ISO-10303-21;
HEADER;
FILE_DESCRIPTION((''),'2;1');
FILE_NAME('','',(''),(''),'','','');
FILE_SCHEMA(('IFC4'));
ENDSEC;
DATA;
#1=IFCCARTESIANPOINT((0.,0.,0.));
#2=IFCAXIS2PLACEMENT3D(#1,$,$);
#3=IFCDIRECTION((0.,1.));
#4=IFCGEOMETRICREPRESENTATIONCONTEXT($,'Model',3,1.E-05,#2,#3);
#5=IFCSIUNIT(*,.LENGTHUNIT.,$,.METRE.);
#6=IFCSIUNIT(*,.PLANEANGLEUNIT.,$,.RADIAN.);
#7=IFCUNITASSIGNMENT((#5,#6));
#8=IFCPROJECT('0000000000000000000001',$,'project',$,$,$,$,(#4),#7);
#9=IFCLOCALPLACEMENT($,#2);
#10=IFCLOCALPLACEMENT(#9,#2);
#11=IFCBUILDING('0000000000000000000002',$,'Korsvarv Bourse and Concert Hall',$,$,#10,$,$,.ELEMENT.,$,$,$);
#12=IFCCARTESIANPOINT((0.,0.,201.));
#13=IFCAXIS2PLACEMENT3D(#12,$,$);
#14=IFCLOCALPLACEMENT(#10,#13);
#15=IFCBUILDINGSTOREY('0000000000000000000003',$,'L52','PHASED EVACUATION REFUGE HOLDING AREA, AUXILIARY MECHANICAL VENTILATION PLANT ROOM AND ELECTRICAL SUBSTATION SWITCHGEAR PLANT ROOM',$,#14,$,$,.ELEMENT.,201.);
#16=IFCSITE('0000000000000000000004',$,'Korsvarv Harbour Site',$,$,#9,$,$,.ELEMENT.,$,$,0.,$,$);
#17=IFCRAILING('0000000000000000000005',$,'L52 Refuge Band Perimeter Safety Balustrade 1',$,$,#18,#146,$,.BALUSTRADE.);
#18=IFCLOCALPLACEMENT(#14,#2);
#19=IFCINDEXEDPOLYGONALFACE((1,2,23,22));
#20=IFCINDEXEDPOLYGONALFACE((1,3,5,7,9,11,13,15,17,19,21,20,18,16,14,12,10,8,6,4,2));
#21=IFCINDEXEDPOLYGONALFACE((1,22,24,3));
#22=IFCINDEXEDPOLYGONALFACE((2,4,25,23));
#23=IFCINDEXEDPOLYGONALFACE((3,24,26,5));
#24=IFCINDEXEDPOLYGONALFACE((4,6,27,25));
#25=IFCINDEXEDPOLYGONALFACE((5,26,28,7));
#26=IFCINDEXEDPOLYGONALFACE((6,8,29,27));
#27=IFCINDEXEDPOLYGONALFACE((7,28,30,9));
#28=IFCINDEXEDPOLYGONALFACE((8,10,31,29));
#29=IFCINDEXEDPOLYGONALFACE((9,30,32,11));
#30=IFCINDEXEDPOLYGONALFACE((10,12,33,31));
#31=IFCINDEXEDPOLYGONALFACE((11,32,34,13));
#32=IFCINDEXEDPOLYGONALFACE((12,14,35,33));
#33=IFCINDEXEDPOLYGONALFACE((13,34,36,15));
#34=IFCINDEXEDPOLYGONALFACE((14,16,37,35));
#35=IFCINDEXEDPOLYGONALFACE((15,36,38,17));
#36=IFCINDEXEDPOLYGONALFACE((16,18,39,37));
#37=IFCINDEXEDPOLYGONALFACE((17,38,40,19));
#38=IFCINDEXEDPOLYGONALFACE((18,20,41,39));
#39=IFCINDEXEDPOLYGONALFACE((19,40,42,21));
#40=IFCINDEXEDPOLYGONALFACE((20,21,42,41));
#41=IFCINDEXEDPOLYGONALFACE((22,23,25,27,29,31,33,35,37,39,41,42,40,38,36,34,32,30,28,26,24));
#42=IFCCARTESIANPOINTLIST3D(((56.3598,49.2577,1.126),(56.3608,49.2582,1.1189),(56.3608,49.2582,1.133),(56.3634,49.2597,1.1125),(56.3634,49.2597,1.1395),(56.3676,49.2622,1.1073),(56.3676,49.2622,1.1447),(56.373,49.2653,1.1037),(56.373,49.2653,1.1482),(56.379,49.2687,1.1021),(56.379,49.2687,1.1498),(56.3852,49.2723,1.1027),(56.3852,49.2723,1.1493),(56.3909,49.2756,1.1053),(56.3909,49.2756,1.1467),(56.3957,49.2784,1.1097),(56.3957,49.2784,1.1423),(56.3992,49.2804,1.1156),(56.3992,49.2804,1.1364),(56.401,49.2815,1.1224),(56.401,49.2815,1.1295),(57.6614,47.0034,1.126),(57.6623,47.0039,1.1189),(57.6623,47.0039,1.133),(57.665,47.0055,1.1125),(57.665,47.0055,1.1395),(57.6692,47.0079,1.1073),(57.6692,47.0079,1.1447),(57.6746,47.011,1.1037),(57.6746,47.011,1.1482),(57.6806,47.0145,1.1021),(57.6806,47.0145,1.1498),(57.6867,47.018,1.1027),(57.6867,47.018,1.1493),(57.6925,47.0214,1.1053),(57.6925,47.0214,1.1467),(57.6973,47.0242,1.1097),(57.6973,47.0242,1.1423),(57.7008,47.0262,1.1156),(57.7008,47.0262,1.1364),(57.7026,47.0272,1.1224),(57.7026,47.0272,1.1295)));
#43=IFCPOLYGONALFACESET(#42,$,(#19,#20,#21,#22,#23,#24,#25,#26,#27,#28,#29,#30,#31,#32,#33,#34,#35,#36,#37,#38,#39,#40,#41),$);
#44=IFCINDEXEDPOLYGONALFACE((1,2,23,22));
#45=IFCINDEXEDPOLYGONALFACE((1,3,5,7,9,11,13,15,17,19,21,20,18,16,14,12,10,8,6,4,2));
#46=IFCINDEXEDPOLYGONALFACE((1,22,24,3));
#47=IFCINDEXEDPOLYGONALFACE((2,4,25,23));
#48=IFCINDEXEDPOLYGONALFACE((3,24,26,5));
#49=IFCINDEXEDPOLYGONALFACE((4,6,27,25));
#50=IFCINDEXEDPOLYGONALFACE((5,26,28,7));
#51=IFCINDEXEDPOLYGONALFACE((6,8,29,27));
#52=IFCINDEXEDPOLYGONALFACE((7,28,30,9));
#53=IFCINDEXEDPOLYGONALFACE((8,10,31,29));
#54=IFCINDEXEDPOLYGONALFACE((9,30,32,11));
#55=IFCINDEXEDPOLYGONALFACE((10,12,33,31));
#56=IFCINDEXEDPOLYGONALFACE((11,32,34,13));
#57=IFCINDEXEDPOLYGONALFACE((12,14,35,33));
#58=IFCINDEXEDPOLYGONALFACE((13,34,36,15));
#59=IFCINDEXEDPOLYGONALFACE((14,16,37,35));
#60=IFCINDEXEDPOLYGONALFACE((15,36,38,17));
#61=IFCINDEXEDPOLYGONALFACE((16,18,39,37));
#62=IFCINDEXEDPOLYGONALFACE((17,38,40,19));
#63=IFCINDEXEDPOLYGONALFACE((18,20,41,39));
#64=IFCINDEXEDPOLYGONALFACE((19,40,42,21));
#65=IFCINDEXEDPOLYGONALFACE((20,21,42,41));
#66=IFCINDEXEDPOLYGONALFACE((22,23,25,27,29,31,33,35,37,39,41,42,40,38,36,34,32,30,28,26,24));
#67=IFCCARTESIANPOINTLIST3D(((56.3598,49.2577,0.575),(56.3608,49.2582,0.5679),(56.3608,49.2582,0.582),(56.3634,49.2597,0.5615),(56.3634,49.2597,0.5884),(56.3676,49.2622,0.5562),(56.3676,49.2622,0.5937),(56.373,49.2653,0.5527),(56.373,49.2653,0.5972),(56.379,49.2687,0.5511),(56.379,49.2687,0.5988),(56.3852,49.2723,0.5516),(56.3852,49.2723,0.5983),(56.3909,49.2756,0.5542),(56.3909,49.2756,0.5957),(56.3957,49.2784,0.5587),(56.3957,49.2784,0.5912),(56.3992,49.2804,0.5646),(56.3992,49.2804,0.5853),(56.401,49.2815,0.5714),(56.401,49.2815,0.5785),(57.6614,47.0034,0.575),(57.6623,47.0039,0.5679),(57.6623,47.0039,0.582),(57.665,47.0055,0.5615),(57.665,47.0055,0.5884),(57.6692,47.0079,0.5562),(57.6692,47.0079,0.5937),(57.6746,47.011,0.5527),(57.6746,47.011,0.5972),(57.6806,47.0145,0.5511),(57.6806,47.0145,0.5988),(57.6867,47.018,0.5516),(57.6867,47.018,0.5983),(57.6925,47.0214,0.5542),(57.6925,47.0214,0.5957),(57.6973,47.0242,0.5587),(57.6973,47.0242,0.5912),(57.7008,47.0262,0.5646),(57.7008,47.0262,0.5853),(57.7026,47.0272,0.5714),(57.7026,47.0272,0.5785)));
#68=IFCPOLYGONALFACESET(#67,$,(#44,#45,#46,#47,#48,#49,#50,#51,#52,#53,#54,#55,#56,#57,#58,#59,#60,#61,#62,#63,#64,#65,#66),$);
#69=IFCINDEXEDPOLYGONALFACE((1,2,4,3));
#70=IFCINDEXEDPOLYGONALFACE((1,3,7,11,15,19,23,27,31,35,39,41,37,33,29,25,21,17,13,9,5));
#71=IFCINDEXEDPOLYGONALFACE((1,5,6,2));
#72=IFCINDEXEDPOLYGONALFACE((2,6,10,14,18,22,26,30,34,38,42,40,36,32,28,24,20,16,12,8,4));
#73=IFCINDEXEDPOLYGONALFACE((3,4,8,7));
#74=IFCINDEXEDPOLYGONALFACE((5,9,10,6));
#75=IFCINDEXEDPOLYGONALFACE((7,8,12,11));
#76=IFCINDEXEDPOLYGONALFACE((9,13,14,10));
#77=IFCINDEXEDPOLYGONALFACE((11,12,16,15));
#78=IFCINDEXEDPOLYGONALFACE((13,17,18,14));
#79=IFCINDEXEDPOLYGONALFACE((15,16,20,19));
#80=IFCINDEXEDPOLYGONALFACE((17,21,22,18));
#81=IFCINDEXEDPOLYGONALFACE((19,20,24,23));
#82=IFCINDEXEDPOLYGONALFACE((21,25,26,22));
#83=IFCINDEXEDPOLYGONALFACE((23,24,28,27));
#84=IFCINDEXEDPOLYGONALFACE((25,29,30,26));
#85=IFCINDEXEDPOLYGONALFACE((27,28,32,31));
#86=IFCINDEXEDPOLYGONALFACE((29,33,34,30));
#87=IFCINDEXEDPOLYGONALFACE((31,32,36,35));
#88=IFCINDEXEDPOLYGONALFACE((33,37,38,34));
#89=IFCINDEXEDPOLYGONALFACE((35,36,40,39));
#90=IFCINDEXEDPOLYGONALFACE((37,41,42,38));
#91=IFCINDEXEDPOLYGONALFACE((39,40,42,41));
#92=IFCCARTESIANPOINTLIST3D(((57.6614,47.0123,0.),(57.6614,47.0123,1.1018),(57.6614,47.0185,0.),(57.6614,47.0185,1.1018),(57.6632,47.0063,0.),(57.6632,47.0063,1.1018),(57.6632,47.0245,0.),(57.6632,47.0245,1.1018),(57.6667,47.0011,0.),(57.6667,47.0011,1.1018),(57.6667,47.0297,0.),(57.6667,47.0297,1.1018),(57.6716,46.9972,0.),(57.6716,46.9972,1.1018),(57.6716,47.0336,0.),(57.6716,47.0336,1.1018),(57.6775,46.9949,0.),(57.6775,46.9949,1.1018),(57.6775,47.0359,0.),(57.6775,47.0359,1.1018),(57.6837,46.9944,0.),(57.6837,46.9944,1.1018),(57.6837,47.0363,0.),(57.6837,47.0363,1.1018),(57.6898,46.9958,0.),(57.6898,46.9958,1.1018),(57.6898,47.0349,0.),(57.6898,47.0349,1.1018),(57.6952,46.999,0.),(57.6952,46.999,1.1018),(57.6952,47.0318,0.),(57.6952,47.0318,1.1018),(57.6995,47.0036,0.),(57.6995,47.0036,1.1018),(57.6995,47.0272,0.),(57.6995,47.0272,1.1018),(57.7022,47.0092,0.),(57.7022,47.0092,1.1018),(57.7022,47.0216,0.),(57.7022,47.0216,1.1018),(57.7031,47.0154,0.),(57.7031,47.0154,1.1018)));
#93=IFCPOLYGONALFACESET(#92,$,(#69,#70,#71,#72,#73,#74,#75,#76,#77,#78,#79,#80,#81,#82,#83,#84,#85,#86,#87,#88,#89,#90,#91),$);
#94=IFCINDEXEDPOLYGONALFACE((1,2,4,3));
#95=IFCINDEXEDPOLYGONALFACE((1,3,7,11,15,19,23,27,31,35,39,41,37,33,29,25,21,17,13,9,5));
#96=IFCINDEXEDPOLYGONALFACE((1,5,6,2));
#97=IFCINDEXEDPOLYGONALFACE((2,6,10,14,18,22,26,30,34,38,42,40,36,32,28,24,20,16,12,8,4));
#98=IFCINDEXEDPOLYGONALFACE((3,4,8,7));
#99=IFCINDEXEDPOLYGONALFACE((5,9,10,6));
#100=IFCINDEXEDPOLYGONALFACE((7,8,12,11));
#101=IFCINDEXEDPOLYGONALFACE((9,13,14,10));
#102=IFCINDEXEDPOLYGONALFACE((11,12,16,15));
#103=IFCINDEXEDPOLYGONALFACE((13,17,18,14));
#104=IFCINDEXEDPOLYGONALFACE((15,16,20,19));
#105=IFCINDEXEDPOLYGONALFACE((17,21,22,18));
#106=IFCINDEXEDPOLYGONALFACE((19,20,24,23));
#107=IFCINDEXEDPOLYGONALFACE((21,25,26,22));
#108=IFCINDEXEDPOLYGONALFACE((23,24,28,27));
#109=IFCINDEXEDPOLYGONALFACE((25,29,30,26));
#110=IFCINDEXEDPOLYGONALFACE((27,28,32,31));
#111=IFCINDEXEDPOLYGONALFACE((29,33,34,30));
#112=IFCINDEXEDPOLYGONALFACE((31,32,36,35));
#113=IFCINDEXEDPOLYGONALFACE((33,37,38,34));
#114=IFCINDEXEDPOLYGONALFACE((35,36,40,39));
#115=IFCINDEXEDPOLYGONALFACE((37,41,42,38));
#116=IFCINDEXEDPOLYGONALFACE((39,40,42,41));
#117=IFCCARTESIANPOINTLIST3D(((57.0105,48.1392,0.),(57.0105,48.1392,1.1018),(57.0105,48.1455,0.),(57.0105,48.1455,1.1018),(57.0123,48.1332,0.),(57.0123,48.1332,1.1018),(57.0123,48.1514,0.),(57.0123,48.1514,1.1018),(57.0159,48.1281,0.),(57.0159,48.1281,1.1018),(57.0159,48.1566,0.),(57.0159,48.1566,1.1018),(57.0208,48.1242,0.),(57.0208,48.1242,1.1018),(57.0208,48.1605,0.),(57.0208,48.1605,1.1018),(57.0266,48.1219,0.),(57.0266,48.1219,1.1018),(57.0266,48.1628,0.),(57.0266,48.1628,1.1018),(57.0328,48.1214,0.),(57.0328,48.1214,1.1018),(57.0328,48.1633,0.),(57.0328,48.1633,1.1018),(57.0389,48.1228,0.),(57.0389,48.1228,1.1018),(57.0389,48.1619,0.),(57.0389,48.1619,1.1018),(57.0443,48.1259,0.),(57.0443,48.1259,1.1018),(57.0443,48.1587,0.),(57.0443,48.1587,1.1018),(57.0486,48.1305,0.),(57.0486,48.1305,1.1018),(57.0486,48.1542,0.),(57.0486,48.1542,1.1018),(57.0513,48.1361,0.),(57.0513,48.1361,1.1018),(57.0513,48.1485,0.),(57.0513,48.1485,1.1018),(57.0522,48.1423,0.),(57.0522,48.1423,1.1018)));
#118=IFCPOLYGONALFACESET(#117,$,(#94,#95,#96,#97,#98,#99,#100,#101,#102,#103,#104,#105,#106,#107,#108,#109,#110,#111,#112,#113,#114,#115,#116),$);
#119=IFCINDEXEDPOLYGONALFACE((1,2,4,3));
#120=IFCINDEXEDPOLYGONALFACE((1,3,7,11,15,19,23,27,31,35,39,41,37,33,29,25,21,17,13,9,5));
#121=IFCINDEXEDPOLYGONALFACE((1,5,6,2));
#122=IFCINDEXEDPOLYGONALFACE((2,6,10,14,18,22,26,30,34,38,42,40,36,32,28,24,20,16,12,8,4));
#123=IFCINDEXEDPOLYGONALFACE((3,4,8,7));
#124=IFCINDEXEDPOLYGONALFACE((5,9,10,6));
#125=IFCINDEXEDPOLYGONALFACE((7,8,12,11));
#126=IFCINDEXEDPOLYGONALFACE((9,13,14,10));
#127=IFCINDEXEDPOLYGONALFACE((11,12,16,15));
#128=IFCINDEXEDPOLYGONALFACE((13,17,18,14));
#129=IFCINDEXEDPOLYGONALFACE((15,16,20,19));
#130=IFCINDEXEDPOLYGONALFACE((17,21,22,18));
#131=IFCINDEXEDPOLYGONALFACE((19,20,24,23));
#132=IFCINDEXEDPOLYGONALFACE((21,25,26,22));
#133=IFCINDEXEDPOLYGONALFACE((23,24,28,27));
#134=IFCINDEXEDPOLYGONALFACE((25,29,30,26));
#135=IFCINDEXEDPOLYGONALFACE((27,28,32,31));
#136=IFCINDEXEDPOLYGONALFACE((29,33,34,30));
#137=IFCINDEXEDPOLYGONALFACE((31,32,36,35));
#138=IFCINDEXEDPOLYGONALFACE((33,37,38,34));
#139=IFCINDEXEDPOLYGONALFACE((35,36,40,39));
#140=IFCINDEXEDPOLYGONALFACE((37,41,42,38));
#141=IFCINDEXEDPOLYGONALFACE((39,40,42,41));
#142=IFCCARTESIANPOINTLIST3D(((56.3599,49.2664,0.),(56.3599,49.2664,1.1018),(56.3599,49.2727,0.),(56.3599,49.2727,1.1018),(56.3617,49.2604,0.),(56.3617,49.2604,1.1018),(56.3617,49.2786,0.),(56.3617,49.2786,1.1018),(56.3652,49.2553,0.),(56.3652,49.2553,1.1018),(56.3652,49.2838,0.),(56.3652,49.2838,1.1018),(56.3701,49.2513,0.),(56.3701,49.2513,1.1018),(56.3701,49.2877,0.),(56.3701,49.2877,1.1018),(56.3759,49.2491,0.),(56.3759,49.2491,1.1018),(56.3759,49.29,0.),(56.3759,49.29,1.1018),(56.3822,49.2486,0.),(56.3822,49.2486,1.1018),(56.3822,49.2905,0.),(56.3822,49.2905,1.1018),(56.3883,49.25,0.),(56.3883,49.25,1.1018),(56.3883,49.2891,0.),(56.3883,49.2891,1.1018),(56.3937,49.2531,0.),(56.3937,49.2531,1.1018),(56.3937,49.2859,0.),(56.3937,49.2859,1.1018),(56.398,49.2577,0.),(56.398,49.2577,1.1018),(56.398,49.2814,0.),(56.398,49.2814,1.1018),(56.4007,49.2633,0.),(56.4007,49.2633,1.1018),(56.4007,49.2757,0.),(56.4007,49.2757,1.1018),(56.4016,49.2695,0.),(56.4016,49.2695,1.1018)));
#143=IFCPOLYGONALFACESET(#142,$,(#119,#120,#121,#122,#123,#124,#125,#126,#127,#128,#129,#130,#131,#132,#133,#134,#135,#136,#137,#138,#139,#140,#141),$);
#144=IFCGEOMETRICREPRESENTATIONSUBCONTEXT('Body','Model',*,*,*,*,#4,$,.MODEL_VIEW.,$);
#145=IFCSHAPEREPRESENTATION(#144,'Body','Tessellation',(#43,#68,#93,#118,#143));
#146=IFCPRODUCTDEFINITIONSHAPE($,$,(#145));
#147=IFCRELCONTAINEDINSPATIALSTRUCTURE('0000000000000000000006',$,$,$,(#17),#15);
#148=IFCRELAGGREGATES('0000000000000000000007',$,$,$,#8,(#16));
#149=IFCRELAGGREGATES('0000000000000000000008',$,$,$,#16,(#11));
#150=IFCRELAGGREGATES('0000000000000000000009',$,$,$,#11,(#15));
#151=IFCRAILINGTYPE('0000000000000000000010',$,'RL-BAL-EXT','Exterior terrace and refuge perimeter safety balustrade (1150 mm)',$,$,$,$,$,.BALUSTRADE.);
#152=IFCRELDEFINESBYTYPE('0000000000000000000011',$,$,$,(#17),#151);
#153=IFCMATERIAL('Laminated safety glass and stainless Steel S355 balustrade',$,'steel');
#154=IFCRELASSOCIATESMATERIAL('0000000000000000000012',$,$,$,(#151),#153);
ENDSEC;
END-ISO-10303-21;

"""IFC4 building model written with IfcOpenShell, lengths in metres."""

from ifc_helpers import new_model, si_unit, direction, frame, origin, origin_2d, place, context, subcontext, project, spatial, circle, extrude, material, type_object, element, save


model = new_model("IFC4")

# Units and contexts
model_context = context("Model", 3, precision=1e-05, world=origin(), true_north=direction((0.0, 1.0)))
body_context = subcontext(model_context, "Body", "Model", "MODEL_VIEW")
ifc_project = project(units=[si_unit("LENGTHUNIT", "METRE"), si_unit("PLANEANGLEUNIT", "RADIAN")], contexts=[model_context])

# Site, building, storey
site_placement = place(None, origin())
site = spatial("IfcSite", under=ifc_project, at=site_placement, Name="Korsvarv Harbour Site", CompositionType="ELEMENT", RefElevation=0.0)
building_placement = place(site_placement, origin())
building = spatial("IfcBuilding", under=site, at=building_placement, Name="Korsvarv Bourse and Concert Hall", CompositionType="ELEMENT")
storey_placement = place(building_placement, frame((0.0, 0.0, 201.0)))
storey = spatial("IfcBuildingStorey", under=building, at=storey_placement, Name="L52", Description="PHASED EVACUATION REFUGE HOLDING AREA, AUXILIARY MECHANICAL VENTILATION PLANT ROOM AND ELECTRICAL SUBSTATION SWITCHGEAR PLANT ROOM", CompositionType="ELEMENT", Elevation=201.0)

# Railing
ifc_material_1 = material(Name="Laminated safety glass and stainless Steel S355 balustrade", Category="steel")
railing_type = type_object("IfcRailingType", Name="RL-BAL-EXT", Description="Exterior terrace and refuge perimeter safety balustrade (1150 mm)", PredefinedType="BALUSTRADE", material=ifc_material_1)
railing_1_placement = place(storey_placement, frame((57.6821, 47.0154, 0.0)))
element("IfcRailing", 1, at=railing_1_placement, inside=storey, type_object=railing_type, Name="L52 Refuge Band Perimeter Safety Balustrade 1", PredefinedType="BALUSTRADE", context=body_context, shape_type="SweptSolid", body=[
    extrude(circle(Radius=0.0239, at=origin_2d()), frame((0.0, 0.0, 1.126), z_axis=(-0.500023, 0.866012, 0.0), x_axis=(-0.866012, -0.500023, 0.0)), (0.0, 0.0, 1.0), 2.603),
    extrude(circle(Radius=0.0239, at=origin_2d()), frame((0.0, 0.0, 0.575), z_axis=(-0.500023, 0.866012, 0.0), x_axis=(-0.866012, -0.500023, 0.0)), (0.0, 0.0, 1.0), 2.603),
    extrude(circle(Radius=0.021, at=origin_2d()), origin(), (0.0, 0.0, 1.0), 1.1018),
    extrude(circle(Radius=0.021, at=origin_2d()), frame((-0.6509, 1.127, 0.0)), (0.0, 0.0, 1.0), 1.1018),
    extrude(circle(Radius=0.021, at=origin_2d()), frame((-1.3015, 2.2542, 0.0)), (0.0, 0.0, 1.0), 1.1018),
])

save(model, "model.ifc")
